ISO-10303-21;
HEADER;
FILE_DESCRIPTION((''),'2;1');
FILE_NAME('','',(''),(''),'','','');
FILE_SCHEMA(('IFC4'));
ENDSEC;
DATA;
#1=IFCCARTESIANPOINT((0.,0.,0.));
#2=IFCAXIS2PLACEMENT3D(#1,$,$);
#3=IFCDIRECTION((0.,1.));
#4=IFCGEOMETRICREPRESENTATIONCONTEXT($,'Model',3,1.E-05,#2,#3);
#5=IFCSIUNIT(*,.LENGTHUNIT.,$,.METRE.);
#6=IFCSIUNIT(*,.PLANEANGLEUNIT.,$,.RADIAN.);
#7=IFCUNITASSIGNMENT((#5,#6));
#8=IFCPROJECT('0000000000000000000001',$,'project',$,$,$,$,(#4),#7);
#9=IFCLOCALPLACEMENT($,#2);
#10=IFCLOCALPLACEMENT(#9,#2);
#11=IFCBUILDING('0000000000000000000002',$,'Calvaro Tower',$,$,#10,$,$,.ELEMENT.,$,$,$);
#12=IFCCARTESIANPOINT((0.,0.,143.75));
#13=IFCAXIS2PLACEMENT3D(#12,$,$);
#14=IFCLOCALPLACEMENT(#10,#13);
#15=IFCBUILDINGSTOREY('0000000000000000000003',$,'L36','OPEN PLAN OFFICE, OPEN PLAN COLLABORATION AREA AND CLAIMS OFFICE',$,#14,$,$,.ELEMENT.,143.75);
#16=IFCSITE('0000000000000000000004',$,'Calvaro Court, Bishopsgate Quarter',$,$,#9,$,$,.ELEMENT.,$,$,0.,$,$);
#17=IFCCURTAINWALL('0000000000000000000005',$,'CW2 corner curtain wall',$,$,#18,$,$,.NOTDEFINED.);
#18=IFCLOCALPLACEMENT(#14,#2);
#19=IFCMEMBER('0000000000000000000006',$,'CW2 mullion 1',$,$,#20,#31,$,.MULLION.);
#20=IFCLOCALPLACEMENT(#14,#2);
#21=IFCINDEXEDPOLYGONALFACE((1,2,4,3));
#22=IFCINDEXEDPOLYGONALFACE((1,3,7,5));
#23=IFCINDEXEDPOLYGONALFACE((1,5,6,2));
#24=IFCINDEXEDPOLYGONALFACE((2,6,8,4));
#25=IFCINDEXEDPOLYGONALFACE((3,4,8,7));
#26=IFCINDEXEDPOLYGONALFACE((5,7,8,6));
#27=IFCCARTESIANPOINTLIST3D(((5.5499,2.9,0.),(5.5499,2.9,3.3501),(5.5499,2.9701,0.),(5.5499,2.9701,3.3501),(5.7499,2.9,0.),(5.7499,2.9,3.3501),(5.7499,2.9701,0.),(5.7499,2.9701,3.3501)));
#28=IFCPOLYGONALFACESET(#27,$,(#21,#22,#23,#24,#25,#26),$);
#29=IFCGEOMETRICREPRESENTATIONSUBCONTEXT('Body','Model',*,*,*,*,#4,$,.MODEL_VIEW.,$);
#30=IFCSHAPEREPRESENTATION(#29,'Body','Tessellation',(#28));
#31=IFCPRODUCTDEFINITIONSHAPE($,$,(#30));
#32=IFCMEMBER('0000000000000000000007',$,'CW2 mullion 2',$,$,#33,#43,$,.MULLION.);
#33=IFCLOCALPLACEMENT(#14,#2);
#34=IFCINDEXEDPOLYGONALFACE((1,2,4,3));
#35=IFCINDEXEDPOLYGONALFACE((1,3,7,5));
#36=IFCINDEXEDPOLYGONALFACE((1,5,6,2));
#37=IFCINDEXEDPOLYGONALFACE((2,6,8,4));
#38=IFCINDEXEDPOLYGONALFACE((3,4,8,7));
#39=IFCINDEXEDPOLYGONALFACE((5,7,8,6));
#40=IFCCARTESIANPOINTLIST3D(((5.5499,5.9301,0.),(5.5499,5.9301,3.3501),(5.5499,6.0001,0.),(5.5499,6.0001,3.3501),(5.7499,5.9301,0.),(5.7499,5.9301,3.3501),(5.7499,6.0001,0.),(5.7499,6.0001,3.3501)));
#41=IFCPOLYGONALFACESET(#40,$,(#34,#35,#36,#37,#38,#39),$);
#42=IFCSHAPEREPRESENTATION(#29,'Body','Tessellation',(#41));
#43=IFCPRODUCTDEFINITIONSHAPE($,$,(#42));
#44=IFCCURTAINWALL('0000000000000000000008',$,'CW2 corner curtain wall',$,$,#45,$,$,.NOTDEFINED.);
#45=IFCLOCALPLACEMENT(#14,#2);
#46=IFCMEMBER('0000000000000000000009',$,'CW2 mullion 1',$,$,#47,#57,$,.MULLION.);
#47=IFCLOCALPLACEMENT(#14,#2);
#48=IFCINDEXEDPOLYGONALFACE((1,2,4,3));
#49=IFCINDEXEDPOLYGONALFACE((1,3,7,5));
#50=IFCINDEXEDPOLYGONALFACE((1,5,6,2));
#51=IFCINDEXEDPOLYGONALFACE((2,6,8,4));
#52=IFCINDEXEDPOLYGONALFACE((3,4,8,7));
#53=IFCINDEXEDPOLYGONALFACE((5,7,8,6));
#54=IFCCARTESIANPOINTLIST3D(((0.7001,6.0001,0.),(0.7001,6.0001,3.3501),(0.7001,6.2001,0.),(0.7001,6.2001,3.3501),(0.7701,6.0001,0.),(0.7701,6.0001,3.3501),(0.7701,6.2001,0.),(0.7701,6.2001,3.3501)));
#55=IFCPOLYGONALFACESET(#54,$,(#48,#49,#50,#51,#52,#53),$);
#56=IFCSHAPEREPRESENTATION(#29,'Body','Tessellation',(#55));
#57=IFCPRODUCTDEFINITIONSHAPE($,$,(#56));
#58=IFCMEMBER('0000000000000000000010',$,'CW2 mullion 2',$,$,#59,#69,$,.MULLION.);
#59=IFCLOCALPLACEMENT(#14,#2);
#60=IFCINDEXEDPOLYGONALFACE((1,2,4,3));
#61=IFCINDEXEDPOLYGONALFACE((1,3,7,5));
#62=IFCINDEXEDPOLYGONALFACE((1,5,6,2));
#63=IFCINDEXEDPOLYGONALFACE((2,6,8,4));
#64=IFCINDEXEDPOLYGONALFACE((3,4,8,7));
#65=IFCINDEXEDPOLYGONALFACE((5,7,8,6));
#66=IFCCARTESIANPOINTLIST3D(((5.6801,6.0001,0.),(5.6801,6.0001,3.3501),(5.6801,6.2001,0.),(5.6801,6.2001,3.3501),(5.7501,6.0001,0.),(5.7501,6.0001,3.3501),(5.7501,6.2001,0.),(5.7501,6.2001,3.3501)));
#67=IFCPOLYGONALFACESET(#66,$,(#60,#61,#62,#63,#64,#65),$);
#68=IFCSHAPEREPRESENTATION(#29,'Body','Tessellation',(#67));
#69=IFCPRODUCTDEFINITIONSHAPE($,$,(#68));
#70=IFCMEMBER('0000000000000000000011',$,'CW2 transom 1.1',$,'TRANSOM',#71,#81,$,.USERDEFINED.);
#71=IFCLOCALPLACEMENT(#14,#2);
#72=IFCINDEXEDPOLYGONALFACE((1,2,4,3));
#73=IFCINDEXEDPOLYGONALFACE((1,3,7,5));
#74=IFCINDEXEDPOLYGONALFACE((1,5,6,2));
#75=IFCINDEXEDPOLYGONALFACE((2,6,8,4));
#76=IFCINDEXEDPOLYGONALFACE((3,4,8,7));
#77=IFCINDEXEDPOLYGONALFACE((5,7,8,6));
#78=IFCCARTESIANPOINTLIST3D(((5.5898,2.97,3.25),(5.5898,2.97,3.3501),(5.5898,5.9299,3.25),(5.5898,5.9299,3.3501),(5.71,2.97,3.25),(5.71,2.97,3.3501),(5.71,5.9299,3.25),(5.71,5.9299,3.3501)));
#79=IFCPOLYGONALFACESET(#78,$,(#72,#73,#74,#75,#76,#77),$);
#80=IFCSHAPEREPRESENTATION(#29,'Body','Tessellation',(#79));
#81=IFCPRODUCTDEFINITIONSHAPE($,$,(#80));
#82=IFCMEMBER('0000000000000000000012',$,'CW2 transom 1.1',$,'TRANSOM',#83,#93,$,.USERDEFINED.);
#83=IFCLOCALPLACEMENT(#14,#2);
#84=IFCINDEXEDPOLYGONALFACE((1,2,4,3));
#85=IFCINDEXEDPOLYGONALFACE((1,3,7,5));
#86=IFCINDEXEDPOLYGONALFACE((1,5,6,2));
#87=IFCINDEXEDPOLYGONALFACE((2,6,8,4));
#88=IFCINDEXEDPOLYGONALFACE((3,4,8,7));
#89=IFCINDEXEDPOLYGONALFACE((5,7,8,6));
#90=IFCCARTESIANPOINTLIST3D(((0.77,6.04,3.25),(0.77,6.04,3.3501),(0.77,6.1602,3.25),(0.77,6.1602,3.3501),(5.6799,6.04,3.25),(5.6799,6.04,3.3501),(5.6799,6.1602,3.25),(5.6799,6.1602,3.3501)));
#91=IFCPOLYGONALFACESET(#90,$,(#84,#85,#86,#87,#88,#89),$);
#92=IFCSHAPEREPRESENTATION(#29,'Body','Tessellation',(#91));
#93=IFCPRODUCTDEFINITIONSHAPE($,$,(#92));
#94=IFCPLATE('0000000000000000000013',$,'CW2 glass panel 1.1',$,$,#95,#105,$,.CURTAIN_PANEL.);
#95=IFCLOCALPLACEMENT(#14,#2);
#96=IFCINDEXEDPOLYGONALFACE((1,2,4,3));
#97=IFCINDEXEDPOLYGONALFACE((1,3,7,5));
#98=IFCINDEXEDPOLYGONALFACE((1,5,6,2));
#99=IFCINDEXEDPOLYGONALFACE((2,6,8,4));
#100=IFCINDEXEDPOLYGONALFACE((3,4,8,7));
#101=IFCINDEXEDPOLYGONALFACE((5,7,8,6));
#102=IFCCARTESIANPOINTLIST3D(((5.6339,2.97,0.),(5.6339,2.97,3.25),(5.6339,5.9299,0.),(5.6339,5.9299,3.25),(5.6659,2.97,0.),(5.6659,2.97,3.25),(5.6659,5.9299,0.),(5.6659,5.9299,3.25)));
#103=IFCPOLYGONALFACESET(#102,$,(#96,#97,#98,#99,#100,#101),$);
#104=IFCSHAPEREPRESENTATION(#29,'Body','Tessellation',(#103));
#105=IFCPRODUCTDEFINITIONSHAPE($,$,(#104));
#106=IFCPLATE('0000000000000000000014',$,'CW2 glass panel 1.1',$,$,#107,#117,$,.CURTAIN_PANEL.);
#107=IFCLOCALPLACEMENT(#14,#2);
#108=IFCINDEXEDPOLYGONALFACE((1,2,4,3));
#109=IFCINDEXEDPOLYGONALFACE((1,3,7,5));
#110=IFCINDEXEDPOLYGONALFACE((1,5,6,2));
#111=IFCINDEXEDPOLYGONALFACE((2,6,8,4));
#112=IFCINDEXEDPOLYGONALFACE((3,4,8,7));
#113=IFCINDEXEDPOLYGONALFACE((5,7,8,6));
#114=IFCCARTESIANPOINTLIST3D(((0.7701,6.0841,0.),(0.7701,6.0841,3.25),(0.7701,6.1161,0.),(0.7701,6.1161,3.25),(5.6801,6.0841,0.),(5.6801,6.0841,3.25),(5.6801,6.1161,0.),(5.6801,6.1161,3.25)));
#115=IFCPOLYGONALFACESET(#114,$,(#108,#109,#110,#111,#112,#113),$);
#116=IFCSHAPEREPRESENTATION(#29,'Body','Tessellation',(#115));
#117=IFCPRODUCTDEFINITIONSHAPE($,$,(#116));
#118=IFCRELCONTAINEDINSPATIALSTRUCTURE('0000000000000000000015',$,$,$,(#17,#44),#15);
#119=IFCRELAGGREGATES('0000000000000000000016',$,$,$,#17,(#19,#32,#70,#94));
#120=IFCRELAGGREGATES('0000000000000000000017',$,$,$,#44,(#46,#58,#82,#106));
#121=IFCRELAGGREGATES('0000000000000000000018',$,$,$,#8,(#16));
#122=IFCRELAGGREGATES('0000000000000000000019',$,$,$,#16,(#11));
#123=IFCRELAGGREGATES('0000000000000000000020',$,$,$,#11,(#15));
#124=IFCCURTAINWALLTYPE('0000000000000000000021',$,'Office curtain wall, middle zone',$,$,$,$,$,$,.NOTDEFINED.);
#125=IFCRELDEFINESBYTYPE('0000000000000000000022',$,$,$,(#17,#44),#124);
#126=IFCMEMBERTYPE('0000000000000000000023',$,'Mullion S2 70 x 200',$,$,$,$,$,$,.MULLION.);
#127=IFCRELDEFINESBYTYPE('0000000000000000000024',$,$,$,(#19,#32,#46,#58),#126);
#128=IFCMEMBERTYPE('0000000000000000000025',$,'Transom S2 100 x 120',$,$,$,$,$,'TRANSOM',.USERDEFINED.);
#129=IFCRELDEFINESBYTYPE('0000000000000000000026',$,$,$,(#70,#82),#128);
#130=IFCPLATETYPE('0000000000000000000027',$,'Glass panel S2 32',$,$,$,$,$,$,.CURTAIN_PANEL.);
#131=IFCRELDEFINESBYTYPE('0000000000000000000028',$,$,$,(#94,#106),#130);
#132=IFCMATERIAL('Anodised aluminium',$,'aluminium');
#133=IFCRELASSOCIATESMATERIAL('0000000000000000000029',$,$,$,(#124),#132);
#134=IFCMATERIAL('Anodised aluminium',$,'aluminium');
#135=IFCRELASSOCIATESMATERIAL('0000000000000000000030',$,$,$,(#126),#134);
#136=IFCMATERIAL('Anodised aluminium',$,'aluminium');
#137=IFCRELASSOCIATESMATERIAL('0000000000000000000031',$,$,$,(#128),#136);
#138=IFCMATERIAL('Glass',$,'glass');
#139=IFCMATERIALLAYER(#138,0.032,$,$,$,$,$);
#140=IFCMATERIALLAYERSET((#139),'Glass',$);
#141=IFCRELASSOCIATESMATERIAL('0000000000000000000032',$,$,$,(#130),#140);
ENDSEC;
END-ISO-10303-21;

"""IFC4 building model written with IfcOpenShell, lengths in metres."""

from ifc_helpers import new_model, si_unit, direction, frame, origin, origin_2d, place, context, subcontext, project, spatial, rectangle, extrude, material, layer, layer_set, material_profile, profile_set, type_object, element, aggregate, save


model = new_model("IFC4")

# Units and contexts
model_context = context("Model", 3, precision=1e-05, world=origin(), true_north=direction((0.0, 1.0)))
body_context = subcontext(model_context, "Body", "Model", "MODEL_VIEW")
ifc_project = project(units=[si_unit("LENGTHUNIT", "METRE"), si_unit("PLANEANGLEUNIT", "RADIAN")], contexts=[model_context])

# Site, building, storey
site_placement = place(None, origin())
site = spatial("IfcSite", under=ifc_project, at=site_placement, Name="Calvaro Court, Bishopsgate Quarter", CompositionType="ELEMENT", RefElevation=0.0)
building_placement = place(site_placement, origin())
building = spatial("IfcBuilding", under=site, at=building_placement, Name="Calvaro Tower", CompositionType="ELEMENT")
storey_placement = place(building_placement, frame((0.0, 0.0, 143.75)))
storey = spatial("IfcBuildingStorey", under=building, at=storey_placement, Name="L36", Description="OPEN PLAN OFFICE, OPEN PLAN COLLABORATION AREA AND CLAIMS OFFICE", CompositionType="ELEMENT", Elevation=143.75)

# Curtain walls, members
ifc_material_1 = material(Name="Anodised aluminium", Category="aluminium")
curtain_wall_type = type_object("IfcCurtainWallType", Name="Office curtain wall, middle zone", PredefinedType="NOTDEFINED", material=ifc_material_1)
curtain_wall_1_placement = place(storey_placement, origin())
curtain_wall_1 = element("IfcCurtainWall", 1, at=curtain_wall_1_placement, inside=storey, type_object=curtain_wall_type, Name="CW2 corner curtain wall", PredefinedType="NOTDEFINED")
ifc_material_2 = material(Name="Anodised aluminium", Category="aluminium")
ifc_material_profile_1 = material_profile(ifc_material_2, rectangle(XDim=0.2, YDim=0.0701, at=origin_2d()), Name="Mullion S2 70 x 200")
ifc_profile_set_1 = profile_set([ifc_material_profile_1], Name="Anodised aluminium")
member_type_1 = type_object("IfcMemberType", Name="Mullion S2 70 x 200", PredefinedType="MULLION", material=ifc_profile_set_1)
member_1_placement = place(storey_placement, frame((5.6499, 2.9351, 0.0), z_axis=(0.0, 0.0, 1.0), x_axis=(-1.0, 0.0, 0.0)))
member_1 = element("IfcMember", 2, at=member_1_placement, type_object=member_type_1, Name="CW2 mullion 1", PredefinedType="MULLION", context=body_context, shape_type="SweptSolid", body=[
    extrude(rectangle(XDim=0.2, YDim=0.0701, at=origin_2d()), origin(), (0.0, 0.0, 1.0), 3.3501),
])
member_2_placement = place(storey_placement, frame((5.6499, 5.9651, 0.0), z_axis=(0.0, 0.0, 1.0), x_axis=(-1.0, 0.0, 0.0)))
member_2 = element("IfcMember", 3, at=member_2_placement, type_object=member_type_1, Name="CW2 mullion 2", PredefinedType="MULLION", context=body_context, shape_type="SweptSolid", body=[
    extrude(rectangle(XDim=0.2, YDim=0.0701, at=origin_2d()), origin(), (0.0, 0.0, 1.0), 3.3501),
])
curtain_wall_2_placement = place(storey_placement, origin())
curtain_wall_2 = element("IfcCurtainWall", 4, at=curtain_wall_2_placement, inside=storey, type_object=curtain_wall_type, Name="CW2 corner curtain wall", PredefinedType="NOTDEFINED")
member_3_placement = place(storey_placement, frame((0.7351, 6.1001, 0.0), z_axis=(0.0, 0.0, 1.0), x_axis=(0.0, 1.0, 0.0)))
member_3 = element("IfcMember", 5, at=member_3_placement, type_object=member_type_1, Name="CW2 mullion 1", PredefinedType="MULLION", context=body_context, shape_type="SweptSolid", body=[
    extrude(rectangle(XDim=0.2, YDim=0.0701, at=origin_2d()), origin(), (0.0, 0.0, 1.0), 3.3501),
])
member_4_placement = place(storey_placement, frame((5.7151, 6.1001, 0.0), z_axis=(0.0, 0.0, 1.0), x_axis=(0.0, 1.0, 0.0)))
member_4 = element("IfcMember", 6, at=member_4_placement, type_object=member_type_1, Name="CW2 mullion 2", PredefinedType="MULLION", context=body_context, shape_type="SweptSolid", body=[
    extrude(rectangle(XDim=0.2, YDim=0.0701, at=origin_2d()), origin(), (0.0, 0.0, 1.0), 3.3501),
])

# Members
ifc_material_3 = material(Name="Anodised aluminium", Category="aluminium")
ifc_material_profile_2 = material_profile(ifc_material_3, rectangle(XDim=0.1201, YDim=0.1001, at=origin_2d()), Name="Transom S2 100 x 120")
ifc_profile_set_2 = profile_set([ifc_material_profile_2], Name="Anodised aluminium")
member_type_2 = type_object("IfcMemberType", Name="Transom S2 100 x 120", ElementType="TRANSOM", PredefinedType="USERDEFINED", material=ifc_profile_set_2)
member_5_placement = place(storey_placement, frame((5.6499, 2.97, 3.3), z_axis=(0.0, 1.0, 0.0), x_axis=(-1.0, 0.0, 0.0)))
member_5 = element("IfcMember", 7, at=member_5_placement, type_object=member_type_2, Name="CW2 transom 1.1", ObjectType="TRANSOM", PredefinedType="USERDEFINED", context=body_context, shape_type="SweptSolid", body=[
    extrude(rectangle(XDim=0.1201, YDim=0.1001, at=origin_2d()), origin(), (0.0, 0.0, 1.0), 2.96),
])
member_6_placement = place(storey_placement, frame((0.77, 6.1001, 3.3), z_axis=(1.0, 0.0, 0.0), x_axis=(0.0, 1.0, 0.0)))
member_6 = element("IfcMember", 8, at=member_6_placement, type_object=member_type_2, Name="CW2 transom 1.1", ObjectType="TRANSOM", PredefinedType="USERDEFINED", context=body_context, shape_type="SweptSolid", body=[
    extrude(rectangle(XDim=0.1201, YDim=0.1001, at=origin_2d()), origin(), (0.0, 0.0, 1.0), 4.9099),
])

# Plates
ifc_material_4 = material(Name="Glass", Category="glass")
ifc_layer_1 = layer(ifc_material_4, 0.032)
ifc_layer_set_1 = layer_set([ifc_layer_1], Name="Glass")
plate_type = type_object("IfcPlateType", Name="Glass panel S2 32", PredefinedType="CURTAIN_PANEL", material=ifc_layer_set_1)
plate_1_placement = place(storey_placement, frame((5.6499, 4.45, 0.0), z_axis=(0.0, 0.0, 1.0), x_axis=(0.0, 1.0, 0.0)))
plate_1 = element("IfcPlate", 9, at=plate_1_placement, type_object=plate_type, Name="CW2 glass panel 1.1", PredefinedType="CURTAIN_PANEL", context=body_context, shape_type="SweptSolid", body=[
    extrude(rectangle(XDim=2.96, YDim=0.032, at=origin_2d()), origin(), (0.0, 0.0, 1.0), 3.25),
])
aggregate(curtain_wall_1, [member_1, member_2, member_5, plate_1])
plate_2_placement = place(storey_placement, frame((3.2251, 6.1001, 0.0), z_axis=(0.0, 0.0, 1.0), x_axis=(1.0, 0.0, 0.0)))
plate_2 = element("IfcPlate", 10, at=plate_2_placement, type_object=plate_type, Name="CW2 glass panel 1.1", PredefinedType="CURTAIN_PANEL", context=body_context, shape_type="SweptSolid", body=[
    extrude(rectangle(XDim=4.9099, YDim=0.032, at=origin_2d()), origin(), (0.0, 0.0, 1.0), 3.25),
])
aggregate(curtain_wall_2, [member_3, member_4, member_6, plate_2])

save(model, "model.ifc")
